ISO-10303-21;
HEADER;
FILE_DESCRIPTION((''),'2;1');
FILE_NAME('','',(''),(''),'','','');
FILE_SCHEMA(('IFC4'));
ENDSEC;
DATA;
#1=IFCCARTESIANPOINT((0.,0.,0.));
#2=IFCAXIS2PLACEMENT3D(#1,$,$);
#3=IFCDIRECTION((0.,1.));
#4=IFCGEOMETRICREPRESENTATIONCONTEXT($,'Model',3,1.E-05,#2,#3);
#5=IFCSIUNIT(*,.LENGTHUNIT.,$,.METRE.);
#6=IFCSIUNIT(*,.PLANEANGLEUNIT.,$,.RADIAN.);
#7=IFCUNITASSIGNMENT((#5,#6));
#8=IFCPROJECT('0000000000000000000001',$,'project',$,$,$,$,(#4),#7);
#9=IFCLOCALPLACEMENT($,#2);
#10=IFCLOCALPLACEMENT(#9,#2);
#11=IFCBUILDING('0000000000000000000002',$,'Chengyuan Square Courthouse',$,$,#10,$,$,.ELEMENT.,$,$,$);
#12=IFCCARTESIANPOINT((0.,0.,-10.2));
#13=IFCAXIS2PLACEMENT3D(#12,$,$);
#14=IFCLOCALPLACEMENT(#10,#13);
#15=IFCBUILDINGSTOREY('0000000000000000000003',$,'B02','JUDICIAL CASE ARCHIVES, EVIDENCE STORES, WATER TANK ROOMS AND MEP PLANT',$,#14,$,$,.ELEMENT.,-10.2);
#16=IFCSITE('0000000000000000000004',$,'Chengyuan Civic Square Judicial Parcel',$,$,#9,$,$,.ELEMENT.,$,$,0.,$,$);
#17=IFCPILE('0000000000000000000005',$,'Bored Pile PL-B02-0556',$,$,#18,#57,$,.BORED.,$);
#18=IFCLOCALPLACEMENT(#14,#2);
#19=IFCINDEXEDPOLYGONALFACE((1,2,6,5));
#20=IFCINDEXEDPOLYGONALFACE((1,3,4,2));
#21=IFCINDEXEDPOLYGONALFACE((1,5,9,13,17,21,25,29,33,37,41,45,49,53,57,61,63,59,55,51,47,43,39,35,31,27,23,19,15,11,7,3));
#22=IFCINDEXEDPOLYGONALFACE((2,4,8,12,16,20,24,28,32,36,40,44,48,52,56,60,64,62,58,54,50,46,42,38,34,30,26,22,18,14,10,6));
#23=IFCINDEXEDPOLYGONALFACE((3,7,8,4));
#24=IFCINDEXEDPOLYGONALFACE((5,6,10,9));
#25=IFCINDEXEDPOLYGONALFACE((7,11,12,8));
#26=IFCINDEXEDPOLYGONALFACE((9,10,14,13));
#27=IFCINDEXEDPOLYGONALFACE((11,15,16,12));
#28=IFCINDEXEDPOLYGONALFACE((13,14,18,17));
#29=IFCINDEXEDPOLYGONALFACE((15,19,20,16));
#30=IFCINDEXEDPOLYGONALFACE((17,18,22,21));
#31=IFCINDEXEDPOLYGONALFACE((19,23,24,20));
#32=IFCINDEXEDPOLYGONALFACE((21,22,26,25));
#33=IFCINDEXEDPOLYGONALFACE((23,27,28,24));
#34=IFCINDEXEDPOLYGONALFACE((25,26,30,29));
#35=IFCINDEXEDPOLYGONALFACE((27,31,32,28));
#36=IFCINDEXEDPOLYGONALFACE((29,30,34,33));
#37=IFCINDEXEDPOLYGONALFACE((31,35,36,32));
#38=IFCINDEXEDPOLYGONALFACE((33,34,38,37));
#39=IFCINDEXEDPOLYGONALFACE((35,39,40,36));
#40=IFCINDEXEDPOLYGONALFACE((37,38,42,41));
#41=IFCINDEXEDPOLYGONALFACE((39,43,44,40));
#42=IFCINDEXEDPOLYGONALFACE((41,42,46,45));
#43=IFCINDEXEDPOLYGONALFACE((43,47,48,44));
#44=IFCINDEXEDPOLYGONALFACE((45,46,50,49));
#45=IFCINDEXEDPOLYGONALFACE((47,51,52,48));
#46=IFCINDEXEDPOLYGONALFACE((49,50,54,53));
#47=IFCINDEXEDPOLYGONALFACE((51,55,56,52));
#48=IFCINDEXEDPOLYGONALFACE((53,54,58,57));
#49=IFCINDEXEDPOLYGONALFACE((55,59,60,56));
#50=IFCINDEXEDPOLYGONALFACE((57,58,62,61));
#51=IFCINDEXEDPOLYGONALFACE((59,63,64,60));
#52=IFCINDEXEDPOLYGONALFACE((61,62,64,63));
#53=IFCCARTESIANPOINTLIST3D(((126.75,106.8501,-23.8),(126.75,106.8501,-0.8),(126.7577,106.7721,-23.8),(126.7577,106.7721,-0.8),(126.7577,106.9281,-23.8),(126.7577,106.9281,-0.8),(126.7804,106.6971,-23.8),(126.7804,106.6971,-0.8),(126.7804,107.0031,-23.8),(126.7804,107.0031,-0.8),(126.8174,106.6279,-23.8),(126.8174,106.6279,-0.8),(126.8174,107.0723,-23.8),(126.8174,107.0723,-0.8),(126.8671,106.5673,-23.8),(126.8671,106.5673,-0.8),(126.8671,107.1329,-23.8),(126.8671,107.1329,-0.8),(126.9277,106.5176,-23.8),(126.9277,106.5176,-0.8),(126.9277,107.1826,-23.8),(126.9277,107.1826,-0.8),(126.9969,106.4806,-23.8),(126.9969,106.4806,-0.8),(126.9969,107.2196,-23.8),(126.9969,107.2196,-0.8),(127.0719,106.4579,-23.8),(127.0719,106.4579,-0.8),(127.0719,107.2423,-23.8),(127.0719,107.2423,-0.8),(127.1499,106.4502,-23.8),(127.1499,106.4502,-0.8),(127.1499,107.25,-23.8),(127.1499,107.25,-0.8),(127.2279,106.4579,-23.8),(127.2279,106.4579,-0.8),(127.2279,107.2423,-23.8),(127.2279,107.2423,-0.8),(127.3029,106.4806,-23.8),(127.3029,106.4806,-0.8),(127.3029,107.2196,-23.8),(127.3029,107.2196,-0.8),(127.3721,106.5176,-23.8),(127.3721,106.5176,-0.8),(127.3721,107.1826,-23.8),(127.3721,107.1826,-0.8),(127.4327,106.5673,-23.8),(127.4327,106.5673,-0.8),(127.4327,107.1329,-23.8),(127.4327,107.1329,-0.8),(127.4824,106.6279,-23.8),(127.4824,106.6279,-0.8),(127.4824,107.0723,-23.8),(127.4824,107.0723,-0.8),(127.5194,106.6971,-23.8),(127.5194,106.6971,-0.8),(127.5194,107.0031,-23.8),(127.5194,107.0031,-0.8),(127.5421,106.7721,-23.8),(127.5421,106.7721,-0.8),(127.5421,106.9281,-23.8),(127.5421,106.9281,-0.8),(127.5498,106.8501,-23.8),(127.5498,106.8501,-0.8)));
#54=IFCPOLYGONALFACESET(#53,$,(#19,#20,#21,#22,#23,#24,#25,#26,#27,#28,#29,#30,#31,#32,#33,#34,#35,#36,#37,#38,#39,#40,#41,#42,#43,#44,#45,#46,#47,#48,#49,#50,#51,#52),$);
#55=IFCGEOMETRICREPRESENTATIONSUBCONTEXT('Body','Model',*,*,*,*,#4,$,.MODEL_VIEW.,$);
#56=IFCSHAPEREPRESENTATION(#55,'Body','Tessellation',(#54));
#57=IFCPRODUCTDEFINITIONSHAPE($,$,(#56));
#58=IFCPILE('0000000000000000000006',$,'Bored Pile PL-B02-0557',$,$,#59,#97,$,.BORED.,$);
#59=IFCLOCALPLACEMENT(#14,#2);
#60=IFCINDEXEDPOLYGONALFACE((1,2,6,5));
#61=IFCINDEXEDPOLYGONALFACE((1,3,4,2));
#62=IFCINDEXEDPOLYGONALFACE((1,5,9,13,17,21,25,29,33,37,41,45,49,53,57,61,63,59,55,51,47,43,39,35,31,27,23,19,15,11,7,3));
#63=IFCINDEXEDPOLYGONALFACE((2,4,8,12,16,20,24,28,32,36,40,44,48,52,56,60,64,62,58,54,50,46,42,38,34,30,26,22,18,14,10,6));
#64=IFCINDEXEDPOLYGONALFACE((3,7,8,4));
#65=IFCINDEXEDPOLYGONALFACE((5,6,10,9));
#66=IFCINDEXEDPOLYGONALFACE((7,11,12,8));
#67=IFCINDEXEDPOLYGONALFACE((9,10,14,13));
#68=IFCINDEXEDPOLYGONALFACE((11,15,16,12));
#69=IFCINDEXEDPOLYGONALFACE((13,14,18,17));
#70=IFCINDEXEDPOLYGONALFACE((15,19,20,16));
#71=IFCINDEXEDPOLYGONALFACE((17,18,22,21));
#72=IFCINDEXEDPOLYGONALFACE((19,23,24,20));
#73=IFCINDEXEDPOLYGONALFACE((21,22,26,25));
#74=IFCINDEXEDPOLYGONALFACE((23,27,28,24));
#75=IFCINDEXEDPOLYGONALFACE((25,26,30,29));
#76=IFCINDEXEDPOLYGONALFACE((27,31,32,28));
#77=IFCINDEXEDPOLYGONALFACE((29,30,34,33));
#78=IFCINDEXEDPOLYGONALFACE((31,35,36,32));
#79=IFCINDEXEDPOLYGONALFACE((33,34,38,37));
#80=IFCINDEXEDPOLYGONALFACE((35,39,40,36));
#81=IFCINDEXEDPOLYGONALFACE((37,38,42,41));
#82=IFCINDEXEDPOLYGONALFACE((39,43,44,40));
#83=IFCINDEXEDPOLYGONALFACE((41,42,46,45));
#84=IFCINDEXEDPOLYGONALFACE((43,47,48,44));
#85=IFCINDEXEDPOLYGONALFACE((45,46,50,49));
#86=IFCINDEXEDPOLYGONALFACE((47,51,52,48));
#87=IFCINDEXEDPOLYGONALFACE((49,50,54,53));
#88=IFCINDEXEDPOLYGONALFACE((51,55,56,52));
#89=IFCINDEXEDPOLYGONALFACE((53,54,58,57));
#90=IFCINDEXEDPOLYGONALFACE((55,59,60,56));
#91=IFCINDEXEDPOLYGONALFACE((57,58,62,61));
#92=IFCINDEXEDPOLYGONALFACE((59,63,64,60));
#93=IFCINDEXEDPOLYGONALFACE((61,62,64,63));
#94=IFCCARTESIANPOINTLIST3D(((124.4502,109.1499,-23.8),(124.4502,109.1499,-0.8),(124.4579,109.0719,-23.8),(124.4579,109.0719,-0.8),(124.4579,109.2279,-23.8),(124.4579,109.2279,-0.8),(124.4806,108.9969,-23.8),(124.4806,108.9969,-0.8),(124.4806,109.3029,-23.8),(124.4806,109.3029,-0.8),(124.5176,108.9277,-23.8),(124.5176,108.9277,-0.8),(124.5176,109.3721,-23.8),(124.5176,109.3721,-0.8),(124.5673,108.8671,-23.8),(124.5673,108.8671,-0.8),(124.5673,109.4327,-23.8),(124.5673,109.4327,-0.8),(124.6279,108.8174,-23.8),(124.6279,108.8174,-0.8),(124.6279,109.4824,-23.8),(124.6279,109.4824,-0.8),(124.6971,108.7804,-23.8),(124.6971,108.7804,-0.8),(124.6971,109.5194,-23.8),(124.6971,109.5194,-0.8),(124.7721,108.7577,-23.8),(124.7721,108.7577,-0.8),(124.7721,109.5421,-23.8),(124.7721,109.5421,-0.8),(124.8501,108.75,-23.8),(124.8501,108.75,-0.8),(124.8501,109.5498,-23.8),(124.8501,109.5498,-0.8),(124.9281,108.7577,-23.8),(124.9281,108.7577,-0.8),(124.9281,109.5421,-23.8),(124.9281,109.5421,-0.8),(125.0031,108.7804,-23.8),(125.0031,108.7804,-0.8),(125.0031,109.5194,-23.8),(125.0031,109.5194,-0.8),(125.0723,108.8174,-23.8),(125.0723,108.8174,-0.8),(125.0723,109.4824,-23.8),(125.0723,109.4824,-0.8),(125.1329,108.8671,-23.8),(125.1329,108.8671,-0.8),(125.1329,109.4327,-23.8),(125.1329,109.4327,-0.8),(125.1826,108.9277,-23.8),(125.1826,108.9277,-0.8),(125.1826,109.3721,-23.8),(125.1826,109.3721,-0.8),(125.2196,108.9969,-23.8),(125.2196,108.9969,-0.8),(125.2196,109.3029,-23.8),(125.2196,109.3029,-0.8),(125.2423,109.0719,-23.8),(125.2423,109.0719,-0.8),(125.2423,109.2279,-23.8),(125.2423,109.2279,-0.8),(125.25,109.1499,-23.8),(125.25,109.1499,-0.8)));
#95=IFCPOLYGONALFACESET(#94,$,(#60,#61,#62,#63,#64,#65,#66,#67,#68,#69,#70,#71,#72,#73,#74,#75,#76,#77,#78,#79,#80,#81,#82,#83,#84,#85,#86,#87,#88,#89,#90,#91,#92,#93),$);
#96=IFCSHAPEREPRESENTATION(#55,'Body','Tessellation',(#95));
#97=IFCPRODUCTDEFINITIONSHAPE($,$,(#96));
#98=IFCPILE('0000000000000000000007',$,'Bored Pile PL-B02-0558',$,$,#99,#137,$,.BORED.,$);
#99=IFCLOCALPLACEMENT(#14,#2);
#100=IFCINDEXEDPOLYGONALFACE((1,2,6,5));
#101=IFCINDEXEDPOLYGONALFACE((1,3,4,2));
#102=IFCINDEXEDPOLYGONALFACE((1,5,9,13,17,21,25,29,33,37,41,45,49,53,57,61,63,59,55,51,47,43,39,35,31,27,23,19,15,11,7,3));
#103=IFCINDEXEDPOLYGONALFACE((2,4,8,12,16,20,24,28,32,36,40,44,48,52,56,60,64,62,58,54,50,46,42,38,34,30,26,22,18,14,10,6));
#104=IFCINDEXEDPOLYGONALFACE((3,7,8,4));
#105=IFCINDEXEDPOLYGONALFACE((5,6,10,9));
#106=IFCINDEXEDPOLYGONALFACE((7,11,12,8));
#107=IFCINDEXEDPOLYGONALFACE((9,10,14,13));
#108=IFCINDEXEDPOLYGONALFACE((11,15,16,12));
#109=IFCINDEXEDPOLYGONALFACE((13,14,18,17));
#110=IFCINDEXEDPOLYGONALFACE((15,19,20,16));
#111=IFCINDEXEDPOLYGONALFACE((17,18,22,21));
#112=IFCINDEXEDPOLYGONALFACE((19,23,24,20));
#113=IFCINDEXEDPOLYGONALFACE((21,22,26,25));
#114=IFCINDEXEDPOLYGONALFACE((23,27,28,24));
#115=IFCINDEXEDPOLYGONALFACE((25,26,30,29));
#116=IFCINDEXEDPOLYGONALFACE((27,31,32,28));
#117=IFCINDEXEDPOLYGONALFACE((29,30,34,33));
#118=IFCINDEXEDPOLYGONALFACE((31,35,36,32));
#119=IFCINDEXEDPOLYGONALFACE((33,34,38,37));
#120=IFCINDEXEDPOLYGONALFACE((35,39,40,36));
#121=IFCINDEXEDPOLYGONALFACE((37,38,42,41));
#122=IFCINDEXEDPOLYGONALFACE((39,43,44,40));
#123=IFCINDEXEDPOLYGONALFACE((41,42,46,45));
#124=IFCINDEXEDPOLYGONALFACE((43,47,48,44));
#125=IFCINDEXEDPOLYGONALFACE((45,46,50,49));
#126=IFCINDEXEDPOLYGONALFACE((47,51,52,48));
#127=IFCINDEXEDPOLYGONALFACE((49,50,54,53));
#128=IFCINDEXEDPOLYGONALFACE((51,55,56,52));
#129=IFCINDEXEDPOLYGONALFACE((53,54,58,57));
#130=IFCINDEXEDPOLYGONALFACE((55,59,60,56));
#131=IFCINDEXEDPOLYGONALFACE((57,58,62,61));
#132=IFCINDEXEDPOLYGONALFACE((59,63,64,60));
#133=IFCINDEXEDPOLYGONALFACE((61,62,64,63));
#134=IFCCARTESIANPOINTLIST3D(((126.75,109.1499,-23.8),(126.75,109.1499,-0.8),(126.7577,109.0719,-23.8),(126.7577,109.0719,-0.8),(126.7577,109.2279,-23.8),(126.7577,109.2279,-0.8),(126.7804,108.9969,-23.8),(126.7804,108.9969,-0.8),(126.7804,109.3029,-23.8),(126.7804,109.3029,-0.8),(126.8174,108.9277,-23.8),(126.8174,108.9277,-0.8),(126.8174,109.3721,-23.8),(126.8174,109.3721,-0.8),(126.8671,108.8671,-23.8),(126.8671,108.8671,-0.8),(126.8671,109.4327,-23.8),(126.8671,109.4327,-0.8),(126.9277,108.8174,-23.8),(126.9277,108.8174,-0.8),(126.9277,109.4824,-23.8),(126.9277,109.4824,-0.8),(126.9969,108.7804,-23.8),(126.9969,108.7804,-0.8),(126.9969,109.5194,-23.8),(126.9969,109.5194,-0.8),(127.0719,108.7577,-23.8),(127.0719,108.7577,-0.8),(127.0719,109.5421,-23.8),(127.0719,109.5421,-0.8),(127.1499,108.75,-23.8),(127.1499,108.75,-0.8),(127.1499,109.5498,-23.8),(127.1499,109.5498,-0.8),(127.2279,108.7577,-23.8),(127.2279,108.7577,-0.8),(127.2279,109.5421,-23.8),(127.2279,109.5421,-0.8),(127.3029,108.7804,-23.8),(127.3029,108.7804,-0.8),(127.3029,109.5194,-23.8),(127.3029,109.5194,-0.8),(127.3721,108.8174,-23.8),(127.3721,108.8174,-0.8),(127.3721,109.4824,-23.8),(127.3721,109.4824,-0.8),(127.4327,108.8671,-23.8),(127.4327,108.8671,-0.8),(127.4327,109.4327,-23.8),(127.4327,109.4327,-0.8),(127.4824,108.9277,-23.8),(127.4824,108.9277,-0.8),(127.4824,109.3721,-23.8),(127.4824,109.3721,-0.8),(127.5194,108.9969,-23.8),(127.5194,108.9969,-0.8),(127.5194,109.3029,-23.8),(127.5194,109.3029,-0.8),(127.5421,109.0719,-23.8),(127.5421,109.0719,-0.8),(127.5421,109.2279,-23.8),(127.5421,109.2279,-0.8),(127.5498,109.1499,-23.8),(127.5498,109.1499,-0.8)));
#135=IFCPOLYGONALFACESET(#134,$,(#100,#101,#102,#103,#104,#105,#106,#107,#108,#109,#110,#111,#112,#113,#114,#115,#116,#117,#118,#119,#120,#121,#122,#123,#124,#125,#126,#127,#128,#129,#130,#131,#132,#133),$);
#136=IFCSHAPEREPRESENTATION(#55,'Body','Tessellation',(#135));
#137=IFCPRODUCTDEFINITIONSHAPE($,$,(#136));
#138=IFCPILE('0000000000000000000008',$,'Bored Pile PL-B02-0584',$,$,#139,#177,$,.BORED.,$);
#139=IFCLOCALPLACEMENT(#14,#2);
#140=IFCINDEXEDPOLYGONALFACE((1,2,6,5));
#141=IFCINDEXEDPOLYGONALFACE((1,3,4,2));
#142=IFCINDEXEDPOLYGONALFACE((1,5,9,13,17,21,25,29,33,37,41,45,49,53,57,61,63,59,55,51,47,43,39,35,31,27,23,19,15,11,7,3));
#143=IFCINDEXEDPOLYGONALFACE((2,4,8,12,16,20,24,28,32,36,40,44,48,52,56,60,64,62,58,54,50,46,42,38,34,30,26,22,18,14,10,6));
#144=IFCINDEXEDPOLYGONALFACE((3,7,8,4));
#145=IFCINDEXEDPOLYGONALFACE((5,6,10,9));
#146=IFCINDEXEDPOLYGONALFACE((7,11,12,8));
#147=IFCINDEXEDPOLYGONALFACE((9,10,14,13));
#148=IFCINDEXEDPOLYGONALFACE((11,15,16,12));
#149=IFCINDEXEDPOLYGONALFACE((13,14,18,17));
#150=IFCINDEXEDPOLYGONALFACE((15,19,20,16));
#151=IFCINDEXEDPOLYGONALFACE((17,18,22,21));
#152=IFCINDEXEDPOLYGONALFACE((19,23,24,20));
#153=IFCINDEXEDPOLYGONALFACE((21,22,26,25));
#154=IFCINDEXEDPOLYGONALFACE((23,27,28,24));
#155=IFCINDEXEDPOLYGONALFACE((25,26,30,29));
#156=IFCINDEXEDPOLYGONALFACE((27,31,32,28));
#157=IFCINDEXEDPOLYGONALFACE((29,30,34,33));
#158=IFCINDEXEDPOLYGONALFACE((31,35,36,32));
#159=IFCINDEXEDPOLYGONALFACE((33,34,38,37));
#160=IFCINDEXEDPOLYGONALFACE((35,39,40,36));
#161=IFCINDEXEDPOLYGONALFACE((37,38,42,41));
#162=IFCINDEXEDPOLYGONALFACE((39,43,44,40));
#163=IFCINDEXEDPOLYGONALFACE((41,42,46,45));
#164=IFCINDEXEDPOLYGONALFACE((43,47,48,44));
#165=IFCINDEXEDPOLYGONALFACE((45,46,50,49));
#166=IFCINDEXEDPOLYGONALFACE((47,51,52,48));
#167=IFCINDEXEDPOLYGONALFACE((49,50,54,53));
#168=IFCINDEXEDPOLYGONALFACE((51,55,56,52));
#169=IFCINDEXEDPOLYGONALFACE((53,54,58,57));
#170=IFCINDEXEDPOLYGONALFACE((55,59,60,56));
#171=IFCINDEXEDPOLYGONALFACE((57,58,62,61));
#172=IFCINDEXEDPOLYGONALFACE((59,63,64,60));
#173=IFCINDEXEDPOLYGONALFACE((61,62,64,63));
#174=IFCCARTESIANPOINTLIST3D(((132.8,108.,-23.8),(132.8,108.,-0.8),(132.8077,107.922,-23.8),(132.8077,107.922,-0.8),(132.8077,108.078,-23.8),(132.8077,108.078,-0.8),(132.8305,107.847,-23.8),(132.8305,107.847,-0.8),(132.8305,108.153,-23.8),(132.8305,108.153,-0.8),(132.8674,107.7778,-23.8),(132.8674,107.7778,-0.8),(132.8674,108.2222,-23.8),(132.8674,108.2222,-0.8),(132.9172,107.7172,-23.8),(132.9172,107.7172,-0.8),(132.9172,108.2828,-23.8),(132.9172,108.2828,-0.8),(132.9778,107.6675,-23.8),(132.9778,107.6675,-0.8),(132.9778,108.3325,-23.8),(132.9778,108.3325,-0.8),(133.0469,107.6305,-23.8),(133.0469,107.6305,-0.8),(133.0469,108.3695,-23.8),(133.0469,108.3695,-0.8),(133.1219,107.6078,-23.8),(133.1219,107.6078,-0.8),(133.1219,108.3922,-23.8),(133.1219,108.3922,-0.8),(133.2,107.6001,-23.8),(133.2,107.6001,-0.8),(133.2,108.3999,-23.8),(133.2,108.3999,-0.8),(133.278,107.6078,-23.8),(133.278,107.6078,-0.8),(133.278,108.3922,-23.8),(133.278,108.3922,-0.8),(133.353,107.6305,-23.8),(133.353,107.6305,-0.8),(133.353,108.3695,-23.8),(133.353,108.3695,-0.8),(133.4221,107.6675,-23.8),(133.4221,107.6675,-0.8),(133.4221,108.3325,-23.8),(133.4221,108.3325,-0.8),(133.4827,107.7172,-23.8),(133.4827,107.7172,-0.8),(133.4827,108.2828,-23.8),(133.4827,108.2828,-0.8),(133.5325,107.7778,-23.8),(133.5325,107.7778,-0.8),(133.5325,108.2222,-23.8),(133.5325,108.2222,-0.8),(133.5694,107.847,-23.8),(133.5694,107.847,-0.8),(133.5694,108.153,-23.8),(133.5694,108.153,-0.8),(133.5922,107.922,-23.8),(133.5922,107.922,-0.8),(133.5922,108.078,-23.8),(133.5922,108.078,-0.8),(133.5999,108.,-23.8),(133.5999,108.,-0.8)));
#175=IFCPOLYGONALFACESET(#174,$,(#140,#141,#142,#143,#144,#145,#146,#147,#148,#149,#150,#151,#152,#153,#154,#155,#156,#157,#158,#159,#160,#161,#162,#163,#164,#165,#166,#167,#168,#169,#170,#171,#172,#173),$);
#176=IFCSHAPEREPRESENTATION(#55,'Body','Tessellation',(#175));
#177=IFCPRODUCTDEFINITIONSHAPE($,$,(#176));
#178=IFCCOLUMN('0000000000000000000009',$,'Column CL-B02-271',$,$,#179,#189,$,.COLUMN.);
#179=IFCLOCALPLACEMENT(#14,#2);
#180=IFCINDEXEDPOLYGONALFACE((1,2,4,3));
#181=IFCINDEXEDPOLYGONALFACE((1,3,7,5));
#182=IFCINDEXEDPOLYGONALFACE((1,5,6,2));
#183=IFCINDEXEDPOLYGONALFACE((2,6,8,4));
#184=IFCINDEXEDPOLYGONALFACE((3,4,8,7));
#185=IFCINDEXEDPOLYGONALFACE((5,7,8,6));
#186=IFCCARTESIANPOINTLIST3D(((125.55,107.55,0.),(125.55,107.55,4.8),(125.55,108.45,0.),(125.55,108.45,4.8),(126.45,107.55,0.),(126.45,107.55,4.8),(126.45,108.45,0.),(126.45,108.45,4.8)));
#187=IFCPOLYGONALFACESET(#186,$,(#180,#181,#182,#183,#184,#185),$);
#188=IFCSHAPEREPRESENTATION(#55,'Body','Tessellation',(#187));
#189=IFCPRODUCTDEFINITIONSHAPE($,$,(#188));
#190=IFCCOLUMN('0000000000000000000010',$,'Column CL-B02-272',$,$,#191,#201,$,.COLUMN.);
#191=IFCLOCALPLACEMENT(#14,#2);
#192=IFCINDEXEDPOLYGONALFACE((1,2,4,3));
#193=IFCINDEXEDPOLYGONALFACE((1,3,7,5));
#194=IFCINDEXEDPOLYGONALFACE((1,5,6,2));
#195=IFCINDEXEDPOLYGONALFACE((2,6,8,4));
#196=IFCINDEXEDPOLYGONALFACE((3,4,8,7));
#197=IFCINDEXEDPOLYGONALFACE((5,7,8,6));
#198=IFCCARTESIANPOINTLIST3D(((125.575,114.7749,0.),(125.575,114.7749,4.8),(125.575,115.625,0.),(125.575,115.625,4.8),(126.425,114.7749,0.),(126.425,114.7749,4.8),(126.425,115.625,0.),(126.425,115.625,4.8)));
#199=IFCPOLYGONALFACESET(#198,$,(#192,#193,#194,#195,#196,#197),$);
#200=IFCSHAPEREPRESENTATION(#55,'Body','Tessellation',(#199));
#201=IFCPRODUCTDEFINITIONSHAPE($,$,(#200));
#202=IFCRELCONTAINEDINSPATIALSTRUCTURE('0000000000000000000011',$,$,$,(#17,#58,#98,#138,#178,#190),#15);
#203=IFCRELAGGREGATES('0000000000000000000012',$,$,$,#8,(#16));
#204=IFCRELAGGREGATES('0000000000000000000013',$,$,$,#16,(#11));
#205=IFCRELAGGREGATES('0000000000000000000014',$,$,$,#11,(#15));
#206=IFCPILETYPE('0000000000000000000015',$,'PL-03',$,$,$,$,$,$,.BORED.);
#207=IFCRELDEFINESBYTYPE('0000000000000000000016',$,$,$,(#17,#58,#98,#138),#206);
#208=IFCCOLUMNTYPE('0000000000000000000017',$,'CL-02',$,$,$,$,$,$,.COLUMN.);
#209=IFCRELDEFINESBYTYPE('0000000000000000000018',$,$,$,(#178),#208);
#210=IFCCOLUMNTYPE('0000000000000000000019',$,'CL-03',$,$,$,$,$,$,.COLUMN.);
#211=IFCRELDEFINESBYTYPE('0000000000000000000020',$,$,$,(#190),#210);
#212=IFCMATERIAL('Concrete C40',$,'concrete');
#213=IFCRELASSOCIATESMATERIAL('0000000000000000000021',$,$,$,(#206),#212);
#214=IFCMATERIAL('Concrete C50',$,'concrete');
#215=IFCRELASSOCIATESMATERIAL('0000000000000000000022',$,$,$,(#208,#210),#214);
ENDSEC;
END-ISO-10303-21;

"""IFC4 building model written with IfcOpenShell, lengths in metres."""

from ifc_helpers import new_model, si_unit, direction, frame, origin, origin_2d, place, context, subcontext, project, spatial, rectangle, circle, extrude, material, material_profile, profile_set, type_object, element, save


model = new_model("IFC4")

# Units and contexts
model_context = context("Model", 3, precision=1e-05, world=origin(), true_north=direction((0.0, 1.0)))
body_context = subcontext(model_context, "Body", "Model", "MODEL_VIEW")
ifc_project = project(units=[si_unit("LENGTHUNIT", "METRE"), si_unit("PLANEANGLEUNIT", "RADIAN")], contexts=[model_context])

# Site, building, storey
site_placement = place(None, origin())
site = spatial("IfcSite", under=ifc_project, at=site_placement, Name="Chengyuan Civic Square Judicial Parcel", CompositionType="ELEMENT", RefElevation=0.0)
building_placement = place(site_placement, origin())
building = spatial("IfcBuilding", under=site, at=building_placement, Name="Chengyuan Square Courthouse", CompositionType="ELEMENT")
storey_placement = place(building_placement, frame((0.0, 0.0, -10.2)))
storey = spatial("IfcBuildingStorey", under=building, at=storey_placement, Name="B02", Description="JUDICIAL CASE ARCHIVES, EVIDENCE STORES, WATER TANK ROOMS AND MEP PLANT", CompositionType="ELEMENT", Elevation=-10.2)

# Shared definitions
ifc_material_1 = material(Name="Concrete C40", Category="concrete")

# Piles
ifc_material_profile_1 = material_profile(ifc_material_1, circle(Radius=0.3999, at=origin_2d()), Name="BORED PILE D800")
ifc_profile_set_1 = profile_set([ifc_material_profile_1], Name="Concrete C40")
pile_type_1 = type_object("IfcPileType", Name="PL-03", PredefinedType="BORED", material=ifc_profile_set_1)
for number, where, z_axis, x_axis, name in (
    (1, (127.1499, 106.8501, -0.8), (0.0, 0.0, -1.0), (1.0, 0.0, 0.0), "Bored Pile PL-B02-0556"),
    (2, (124.8501, 109.1499, -0.8), (0.0, 0.0, -1.0), (1.0, 0.0, 0.0), "Bored Pile PL-B02-0557"),
    (3, (127.1499, 109.1499, -0.8), (0.0, 0.0, -1.0), (1.0, 0.0, 0.0), "Bored Pile PL-B02-0558"),
    (4, (133.2, 108.0, -0.8), (0.0, 0.0, -1.0), (1.0, 0.0, 0.0), "Bored Pile PL-B02-0584"),
):
    element("IfcPile", number, at=place(storey_placement, frame(where, z_axis=z_axis, x_axis=x_axis)), inside=storey, type_object=pile_type_1, Name=name, PredefinedType="BORED", context=body_context, shape_type="SweptSolid", body=[
        extrude(circle(Radius=0.3999, at=origin_2d()), origin(), (0.0, 0.0, 1.0), 23.0),
    ])

# Columns
ifc_material_2 = material(Name="Concrete C50", Category="concrete")
ifc_material_profile_2 = material_profile(ifc_material_2, rectangle(XDim=0.8999, YDim=0.8999, at=origin_2d()), Name="RC-COL-900x900")
ifc_profile_set_2 = profile_set([ifc_material_profile_2], Name="Concrete C50")
column_type_1 = type_object("IfcColumnType", Name="CL-02", PredefinedType="COLUMN", material=ifc_profile_set_2)
column_1_placement = place(storey_placement, frame((126.0, 108.0, 0.0), z_axis=(0.0, 0.0, 1.0), x_axis=(1.0, 0.0, 0.0)))
element("IfcColumn", 5, at=column_1_placement, inside=storey, type_object=column_type_1, Name="Column CL-B02-271", PredefinedType="COLUMN", context=body_context, shape_type="SweptSolid", body=[
    extrude(rectangle(XDim=0.8999, YDim=0.8999, at=origin_2d()), origin(), (0.0, 0.0, 1.0), 4.8),
])
ifc_material_profile_3 = material_profile(ifc_material_2, rectangle(XDim=0.8501, YDim=0.8501, at=origin_2d()), Name="RC-COL-850x850")
ifc_profile_set_3 = profile_set([ifc_material_profile_3], Name="Concrete C50")
column_type_2 = type_object("IfcColumnType", Name="CL-03", PredefinedType="COLUMN", material=ifc_profile_set_3)
column_2_placement = place(storey_placement, frame((126.0, 115.2, 0.0), z_axis=(0.0, 0.0, 1.0), x_axis=(1.0, 0.0, 0.0)))
element("IfcColumn", 6, at=column_2_placement, inside=storey, type_object=column_type_2, Name="Column CL-B02-272", PredefinedType="COLUMN", context=body_context, shape_type="SweptSolid", body=[
    extrude(rectangle(XDim=0.8501, YDim=0.8501, at=origin_2d()), origin(), (0.0, 0.0, 1.0), 4.8),
])

save(model, "model.ifc")
